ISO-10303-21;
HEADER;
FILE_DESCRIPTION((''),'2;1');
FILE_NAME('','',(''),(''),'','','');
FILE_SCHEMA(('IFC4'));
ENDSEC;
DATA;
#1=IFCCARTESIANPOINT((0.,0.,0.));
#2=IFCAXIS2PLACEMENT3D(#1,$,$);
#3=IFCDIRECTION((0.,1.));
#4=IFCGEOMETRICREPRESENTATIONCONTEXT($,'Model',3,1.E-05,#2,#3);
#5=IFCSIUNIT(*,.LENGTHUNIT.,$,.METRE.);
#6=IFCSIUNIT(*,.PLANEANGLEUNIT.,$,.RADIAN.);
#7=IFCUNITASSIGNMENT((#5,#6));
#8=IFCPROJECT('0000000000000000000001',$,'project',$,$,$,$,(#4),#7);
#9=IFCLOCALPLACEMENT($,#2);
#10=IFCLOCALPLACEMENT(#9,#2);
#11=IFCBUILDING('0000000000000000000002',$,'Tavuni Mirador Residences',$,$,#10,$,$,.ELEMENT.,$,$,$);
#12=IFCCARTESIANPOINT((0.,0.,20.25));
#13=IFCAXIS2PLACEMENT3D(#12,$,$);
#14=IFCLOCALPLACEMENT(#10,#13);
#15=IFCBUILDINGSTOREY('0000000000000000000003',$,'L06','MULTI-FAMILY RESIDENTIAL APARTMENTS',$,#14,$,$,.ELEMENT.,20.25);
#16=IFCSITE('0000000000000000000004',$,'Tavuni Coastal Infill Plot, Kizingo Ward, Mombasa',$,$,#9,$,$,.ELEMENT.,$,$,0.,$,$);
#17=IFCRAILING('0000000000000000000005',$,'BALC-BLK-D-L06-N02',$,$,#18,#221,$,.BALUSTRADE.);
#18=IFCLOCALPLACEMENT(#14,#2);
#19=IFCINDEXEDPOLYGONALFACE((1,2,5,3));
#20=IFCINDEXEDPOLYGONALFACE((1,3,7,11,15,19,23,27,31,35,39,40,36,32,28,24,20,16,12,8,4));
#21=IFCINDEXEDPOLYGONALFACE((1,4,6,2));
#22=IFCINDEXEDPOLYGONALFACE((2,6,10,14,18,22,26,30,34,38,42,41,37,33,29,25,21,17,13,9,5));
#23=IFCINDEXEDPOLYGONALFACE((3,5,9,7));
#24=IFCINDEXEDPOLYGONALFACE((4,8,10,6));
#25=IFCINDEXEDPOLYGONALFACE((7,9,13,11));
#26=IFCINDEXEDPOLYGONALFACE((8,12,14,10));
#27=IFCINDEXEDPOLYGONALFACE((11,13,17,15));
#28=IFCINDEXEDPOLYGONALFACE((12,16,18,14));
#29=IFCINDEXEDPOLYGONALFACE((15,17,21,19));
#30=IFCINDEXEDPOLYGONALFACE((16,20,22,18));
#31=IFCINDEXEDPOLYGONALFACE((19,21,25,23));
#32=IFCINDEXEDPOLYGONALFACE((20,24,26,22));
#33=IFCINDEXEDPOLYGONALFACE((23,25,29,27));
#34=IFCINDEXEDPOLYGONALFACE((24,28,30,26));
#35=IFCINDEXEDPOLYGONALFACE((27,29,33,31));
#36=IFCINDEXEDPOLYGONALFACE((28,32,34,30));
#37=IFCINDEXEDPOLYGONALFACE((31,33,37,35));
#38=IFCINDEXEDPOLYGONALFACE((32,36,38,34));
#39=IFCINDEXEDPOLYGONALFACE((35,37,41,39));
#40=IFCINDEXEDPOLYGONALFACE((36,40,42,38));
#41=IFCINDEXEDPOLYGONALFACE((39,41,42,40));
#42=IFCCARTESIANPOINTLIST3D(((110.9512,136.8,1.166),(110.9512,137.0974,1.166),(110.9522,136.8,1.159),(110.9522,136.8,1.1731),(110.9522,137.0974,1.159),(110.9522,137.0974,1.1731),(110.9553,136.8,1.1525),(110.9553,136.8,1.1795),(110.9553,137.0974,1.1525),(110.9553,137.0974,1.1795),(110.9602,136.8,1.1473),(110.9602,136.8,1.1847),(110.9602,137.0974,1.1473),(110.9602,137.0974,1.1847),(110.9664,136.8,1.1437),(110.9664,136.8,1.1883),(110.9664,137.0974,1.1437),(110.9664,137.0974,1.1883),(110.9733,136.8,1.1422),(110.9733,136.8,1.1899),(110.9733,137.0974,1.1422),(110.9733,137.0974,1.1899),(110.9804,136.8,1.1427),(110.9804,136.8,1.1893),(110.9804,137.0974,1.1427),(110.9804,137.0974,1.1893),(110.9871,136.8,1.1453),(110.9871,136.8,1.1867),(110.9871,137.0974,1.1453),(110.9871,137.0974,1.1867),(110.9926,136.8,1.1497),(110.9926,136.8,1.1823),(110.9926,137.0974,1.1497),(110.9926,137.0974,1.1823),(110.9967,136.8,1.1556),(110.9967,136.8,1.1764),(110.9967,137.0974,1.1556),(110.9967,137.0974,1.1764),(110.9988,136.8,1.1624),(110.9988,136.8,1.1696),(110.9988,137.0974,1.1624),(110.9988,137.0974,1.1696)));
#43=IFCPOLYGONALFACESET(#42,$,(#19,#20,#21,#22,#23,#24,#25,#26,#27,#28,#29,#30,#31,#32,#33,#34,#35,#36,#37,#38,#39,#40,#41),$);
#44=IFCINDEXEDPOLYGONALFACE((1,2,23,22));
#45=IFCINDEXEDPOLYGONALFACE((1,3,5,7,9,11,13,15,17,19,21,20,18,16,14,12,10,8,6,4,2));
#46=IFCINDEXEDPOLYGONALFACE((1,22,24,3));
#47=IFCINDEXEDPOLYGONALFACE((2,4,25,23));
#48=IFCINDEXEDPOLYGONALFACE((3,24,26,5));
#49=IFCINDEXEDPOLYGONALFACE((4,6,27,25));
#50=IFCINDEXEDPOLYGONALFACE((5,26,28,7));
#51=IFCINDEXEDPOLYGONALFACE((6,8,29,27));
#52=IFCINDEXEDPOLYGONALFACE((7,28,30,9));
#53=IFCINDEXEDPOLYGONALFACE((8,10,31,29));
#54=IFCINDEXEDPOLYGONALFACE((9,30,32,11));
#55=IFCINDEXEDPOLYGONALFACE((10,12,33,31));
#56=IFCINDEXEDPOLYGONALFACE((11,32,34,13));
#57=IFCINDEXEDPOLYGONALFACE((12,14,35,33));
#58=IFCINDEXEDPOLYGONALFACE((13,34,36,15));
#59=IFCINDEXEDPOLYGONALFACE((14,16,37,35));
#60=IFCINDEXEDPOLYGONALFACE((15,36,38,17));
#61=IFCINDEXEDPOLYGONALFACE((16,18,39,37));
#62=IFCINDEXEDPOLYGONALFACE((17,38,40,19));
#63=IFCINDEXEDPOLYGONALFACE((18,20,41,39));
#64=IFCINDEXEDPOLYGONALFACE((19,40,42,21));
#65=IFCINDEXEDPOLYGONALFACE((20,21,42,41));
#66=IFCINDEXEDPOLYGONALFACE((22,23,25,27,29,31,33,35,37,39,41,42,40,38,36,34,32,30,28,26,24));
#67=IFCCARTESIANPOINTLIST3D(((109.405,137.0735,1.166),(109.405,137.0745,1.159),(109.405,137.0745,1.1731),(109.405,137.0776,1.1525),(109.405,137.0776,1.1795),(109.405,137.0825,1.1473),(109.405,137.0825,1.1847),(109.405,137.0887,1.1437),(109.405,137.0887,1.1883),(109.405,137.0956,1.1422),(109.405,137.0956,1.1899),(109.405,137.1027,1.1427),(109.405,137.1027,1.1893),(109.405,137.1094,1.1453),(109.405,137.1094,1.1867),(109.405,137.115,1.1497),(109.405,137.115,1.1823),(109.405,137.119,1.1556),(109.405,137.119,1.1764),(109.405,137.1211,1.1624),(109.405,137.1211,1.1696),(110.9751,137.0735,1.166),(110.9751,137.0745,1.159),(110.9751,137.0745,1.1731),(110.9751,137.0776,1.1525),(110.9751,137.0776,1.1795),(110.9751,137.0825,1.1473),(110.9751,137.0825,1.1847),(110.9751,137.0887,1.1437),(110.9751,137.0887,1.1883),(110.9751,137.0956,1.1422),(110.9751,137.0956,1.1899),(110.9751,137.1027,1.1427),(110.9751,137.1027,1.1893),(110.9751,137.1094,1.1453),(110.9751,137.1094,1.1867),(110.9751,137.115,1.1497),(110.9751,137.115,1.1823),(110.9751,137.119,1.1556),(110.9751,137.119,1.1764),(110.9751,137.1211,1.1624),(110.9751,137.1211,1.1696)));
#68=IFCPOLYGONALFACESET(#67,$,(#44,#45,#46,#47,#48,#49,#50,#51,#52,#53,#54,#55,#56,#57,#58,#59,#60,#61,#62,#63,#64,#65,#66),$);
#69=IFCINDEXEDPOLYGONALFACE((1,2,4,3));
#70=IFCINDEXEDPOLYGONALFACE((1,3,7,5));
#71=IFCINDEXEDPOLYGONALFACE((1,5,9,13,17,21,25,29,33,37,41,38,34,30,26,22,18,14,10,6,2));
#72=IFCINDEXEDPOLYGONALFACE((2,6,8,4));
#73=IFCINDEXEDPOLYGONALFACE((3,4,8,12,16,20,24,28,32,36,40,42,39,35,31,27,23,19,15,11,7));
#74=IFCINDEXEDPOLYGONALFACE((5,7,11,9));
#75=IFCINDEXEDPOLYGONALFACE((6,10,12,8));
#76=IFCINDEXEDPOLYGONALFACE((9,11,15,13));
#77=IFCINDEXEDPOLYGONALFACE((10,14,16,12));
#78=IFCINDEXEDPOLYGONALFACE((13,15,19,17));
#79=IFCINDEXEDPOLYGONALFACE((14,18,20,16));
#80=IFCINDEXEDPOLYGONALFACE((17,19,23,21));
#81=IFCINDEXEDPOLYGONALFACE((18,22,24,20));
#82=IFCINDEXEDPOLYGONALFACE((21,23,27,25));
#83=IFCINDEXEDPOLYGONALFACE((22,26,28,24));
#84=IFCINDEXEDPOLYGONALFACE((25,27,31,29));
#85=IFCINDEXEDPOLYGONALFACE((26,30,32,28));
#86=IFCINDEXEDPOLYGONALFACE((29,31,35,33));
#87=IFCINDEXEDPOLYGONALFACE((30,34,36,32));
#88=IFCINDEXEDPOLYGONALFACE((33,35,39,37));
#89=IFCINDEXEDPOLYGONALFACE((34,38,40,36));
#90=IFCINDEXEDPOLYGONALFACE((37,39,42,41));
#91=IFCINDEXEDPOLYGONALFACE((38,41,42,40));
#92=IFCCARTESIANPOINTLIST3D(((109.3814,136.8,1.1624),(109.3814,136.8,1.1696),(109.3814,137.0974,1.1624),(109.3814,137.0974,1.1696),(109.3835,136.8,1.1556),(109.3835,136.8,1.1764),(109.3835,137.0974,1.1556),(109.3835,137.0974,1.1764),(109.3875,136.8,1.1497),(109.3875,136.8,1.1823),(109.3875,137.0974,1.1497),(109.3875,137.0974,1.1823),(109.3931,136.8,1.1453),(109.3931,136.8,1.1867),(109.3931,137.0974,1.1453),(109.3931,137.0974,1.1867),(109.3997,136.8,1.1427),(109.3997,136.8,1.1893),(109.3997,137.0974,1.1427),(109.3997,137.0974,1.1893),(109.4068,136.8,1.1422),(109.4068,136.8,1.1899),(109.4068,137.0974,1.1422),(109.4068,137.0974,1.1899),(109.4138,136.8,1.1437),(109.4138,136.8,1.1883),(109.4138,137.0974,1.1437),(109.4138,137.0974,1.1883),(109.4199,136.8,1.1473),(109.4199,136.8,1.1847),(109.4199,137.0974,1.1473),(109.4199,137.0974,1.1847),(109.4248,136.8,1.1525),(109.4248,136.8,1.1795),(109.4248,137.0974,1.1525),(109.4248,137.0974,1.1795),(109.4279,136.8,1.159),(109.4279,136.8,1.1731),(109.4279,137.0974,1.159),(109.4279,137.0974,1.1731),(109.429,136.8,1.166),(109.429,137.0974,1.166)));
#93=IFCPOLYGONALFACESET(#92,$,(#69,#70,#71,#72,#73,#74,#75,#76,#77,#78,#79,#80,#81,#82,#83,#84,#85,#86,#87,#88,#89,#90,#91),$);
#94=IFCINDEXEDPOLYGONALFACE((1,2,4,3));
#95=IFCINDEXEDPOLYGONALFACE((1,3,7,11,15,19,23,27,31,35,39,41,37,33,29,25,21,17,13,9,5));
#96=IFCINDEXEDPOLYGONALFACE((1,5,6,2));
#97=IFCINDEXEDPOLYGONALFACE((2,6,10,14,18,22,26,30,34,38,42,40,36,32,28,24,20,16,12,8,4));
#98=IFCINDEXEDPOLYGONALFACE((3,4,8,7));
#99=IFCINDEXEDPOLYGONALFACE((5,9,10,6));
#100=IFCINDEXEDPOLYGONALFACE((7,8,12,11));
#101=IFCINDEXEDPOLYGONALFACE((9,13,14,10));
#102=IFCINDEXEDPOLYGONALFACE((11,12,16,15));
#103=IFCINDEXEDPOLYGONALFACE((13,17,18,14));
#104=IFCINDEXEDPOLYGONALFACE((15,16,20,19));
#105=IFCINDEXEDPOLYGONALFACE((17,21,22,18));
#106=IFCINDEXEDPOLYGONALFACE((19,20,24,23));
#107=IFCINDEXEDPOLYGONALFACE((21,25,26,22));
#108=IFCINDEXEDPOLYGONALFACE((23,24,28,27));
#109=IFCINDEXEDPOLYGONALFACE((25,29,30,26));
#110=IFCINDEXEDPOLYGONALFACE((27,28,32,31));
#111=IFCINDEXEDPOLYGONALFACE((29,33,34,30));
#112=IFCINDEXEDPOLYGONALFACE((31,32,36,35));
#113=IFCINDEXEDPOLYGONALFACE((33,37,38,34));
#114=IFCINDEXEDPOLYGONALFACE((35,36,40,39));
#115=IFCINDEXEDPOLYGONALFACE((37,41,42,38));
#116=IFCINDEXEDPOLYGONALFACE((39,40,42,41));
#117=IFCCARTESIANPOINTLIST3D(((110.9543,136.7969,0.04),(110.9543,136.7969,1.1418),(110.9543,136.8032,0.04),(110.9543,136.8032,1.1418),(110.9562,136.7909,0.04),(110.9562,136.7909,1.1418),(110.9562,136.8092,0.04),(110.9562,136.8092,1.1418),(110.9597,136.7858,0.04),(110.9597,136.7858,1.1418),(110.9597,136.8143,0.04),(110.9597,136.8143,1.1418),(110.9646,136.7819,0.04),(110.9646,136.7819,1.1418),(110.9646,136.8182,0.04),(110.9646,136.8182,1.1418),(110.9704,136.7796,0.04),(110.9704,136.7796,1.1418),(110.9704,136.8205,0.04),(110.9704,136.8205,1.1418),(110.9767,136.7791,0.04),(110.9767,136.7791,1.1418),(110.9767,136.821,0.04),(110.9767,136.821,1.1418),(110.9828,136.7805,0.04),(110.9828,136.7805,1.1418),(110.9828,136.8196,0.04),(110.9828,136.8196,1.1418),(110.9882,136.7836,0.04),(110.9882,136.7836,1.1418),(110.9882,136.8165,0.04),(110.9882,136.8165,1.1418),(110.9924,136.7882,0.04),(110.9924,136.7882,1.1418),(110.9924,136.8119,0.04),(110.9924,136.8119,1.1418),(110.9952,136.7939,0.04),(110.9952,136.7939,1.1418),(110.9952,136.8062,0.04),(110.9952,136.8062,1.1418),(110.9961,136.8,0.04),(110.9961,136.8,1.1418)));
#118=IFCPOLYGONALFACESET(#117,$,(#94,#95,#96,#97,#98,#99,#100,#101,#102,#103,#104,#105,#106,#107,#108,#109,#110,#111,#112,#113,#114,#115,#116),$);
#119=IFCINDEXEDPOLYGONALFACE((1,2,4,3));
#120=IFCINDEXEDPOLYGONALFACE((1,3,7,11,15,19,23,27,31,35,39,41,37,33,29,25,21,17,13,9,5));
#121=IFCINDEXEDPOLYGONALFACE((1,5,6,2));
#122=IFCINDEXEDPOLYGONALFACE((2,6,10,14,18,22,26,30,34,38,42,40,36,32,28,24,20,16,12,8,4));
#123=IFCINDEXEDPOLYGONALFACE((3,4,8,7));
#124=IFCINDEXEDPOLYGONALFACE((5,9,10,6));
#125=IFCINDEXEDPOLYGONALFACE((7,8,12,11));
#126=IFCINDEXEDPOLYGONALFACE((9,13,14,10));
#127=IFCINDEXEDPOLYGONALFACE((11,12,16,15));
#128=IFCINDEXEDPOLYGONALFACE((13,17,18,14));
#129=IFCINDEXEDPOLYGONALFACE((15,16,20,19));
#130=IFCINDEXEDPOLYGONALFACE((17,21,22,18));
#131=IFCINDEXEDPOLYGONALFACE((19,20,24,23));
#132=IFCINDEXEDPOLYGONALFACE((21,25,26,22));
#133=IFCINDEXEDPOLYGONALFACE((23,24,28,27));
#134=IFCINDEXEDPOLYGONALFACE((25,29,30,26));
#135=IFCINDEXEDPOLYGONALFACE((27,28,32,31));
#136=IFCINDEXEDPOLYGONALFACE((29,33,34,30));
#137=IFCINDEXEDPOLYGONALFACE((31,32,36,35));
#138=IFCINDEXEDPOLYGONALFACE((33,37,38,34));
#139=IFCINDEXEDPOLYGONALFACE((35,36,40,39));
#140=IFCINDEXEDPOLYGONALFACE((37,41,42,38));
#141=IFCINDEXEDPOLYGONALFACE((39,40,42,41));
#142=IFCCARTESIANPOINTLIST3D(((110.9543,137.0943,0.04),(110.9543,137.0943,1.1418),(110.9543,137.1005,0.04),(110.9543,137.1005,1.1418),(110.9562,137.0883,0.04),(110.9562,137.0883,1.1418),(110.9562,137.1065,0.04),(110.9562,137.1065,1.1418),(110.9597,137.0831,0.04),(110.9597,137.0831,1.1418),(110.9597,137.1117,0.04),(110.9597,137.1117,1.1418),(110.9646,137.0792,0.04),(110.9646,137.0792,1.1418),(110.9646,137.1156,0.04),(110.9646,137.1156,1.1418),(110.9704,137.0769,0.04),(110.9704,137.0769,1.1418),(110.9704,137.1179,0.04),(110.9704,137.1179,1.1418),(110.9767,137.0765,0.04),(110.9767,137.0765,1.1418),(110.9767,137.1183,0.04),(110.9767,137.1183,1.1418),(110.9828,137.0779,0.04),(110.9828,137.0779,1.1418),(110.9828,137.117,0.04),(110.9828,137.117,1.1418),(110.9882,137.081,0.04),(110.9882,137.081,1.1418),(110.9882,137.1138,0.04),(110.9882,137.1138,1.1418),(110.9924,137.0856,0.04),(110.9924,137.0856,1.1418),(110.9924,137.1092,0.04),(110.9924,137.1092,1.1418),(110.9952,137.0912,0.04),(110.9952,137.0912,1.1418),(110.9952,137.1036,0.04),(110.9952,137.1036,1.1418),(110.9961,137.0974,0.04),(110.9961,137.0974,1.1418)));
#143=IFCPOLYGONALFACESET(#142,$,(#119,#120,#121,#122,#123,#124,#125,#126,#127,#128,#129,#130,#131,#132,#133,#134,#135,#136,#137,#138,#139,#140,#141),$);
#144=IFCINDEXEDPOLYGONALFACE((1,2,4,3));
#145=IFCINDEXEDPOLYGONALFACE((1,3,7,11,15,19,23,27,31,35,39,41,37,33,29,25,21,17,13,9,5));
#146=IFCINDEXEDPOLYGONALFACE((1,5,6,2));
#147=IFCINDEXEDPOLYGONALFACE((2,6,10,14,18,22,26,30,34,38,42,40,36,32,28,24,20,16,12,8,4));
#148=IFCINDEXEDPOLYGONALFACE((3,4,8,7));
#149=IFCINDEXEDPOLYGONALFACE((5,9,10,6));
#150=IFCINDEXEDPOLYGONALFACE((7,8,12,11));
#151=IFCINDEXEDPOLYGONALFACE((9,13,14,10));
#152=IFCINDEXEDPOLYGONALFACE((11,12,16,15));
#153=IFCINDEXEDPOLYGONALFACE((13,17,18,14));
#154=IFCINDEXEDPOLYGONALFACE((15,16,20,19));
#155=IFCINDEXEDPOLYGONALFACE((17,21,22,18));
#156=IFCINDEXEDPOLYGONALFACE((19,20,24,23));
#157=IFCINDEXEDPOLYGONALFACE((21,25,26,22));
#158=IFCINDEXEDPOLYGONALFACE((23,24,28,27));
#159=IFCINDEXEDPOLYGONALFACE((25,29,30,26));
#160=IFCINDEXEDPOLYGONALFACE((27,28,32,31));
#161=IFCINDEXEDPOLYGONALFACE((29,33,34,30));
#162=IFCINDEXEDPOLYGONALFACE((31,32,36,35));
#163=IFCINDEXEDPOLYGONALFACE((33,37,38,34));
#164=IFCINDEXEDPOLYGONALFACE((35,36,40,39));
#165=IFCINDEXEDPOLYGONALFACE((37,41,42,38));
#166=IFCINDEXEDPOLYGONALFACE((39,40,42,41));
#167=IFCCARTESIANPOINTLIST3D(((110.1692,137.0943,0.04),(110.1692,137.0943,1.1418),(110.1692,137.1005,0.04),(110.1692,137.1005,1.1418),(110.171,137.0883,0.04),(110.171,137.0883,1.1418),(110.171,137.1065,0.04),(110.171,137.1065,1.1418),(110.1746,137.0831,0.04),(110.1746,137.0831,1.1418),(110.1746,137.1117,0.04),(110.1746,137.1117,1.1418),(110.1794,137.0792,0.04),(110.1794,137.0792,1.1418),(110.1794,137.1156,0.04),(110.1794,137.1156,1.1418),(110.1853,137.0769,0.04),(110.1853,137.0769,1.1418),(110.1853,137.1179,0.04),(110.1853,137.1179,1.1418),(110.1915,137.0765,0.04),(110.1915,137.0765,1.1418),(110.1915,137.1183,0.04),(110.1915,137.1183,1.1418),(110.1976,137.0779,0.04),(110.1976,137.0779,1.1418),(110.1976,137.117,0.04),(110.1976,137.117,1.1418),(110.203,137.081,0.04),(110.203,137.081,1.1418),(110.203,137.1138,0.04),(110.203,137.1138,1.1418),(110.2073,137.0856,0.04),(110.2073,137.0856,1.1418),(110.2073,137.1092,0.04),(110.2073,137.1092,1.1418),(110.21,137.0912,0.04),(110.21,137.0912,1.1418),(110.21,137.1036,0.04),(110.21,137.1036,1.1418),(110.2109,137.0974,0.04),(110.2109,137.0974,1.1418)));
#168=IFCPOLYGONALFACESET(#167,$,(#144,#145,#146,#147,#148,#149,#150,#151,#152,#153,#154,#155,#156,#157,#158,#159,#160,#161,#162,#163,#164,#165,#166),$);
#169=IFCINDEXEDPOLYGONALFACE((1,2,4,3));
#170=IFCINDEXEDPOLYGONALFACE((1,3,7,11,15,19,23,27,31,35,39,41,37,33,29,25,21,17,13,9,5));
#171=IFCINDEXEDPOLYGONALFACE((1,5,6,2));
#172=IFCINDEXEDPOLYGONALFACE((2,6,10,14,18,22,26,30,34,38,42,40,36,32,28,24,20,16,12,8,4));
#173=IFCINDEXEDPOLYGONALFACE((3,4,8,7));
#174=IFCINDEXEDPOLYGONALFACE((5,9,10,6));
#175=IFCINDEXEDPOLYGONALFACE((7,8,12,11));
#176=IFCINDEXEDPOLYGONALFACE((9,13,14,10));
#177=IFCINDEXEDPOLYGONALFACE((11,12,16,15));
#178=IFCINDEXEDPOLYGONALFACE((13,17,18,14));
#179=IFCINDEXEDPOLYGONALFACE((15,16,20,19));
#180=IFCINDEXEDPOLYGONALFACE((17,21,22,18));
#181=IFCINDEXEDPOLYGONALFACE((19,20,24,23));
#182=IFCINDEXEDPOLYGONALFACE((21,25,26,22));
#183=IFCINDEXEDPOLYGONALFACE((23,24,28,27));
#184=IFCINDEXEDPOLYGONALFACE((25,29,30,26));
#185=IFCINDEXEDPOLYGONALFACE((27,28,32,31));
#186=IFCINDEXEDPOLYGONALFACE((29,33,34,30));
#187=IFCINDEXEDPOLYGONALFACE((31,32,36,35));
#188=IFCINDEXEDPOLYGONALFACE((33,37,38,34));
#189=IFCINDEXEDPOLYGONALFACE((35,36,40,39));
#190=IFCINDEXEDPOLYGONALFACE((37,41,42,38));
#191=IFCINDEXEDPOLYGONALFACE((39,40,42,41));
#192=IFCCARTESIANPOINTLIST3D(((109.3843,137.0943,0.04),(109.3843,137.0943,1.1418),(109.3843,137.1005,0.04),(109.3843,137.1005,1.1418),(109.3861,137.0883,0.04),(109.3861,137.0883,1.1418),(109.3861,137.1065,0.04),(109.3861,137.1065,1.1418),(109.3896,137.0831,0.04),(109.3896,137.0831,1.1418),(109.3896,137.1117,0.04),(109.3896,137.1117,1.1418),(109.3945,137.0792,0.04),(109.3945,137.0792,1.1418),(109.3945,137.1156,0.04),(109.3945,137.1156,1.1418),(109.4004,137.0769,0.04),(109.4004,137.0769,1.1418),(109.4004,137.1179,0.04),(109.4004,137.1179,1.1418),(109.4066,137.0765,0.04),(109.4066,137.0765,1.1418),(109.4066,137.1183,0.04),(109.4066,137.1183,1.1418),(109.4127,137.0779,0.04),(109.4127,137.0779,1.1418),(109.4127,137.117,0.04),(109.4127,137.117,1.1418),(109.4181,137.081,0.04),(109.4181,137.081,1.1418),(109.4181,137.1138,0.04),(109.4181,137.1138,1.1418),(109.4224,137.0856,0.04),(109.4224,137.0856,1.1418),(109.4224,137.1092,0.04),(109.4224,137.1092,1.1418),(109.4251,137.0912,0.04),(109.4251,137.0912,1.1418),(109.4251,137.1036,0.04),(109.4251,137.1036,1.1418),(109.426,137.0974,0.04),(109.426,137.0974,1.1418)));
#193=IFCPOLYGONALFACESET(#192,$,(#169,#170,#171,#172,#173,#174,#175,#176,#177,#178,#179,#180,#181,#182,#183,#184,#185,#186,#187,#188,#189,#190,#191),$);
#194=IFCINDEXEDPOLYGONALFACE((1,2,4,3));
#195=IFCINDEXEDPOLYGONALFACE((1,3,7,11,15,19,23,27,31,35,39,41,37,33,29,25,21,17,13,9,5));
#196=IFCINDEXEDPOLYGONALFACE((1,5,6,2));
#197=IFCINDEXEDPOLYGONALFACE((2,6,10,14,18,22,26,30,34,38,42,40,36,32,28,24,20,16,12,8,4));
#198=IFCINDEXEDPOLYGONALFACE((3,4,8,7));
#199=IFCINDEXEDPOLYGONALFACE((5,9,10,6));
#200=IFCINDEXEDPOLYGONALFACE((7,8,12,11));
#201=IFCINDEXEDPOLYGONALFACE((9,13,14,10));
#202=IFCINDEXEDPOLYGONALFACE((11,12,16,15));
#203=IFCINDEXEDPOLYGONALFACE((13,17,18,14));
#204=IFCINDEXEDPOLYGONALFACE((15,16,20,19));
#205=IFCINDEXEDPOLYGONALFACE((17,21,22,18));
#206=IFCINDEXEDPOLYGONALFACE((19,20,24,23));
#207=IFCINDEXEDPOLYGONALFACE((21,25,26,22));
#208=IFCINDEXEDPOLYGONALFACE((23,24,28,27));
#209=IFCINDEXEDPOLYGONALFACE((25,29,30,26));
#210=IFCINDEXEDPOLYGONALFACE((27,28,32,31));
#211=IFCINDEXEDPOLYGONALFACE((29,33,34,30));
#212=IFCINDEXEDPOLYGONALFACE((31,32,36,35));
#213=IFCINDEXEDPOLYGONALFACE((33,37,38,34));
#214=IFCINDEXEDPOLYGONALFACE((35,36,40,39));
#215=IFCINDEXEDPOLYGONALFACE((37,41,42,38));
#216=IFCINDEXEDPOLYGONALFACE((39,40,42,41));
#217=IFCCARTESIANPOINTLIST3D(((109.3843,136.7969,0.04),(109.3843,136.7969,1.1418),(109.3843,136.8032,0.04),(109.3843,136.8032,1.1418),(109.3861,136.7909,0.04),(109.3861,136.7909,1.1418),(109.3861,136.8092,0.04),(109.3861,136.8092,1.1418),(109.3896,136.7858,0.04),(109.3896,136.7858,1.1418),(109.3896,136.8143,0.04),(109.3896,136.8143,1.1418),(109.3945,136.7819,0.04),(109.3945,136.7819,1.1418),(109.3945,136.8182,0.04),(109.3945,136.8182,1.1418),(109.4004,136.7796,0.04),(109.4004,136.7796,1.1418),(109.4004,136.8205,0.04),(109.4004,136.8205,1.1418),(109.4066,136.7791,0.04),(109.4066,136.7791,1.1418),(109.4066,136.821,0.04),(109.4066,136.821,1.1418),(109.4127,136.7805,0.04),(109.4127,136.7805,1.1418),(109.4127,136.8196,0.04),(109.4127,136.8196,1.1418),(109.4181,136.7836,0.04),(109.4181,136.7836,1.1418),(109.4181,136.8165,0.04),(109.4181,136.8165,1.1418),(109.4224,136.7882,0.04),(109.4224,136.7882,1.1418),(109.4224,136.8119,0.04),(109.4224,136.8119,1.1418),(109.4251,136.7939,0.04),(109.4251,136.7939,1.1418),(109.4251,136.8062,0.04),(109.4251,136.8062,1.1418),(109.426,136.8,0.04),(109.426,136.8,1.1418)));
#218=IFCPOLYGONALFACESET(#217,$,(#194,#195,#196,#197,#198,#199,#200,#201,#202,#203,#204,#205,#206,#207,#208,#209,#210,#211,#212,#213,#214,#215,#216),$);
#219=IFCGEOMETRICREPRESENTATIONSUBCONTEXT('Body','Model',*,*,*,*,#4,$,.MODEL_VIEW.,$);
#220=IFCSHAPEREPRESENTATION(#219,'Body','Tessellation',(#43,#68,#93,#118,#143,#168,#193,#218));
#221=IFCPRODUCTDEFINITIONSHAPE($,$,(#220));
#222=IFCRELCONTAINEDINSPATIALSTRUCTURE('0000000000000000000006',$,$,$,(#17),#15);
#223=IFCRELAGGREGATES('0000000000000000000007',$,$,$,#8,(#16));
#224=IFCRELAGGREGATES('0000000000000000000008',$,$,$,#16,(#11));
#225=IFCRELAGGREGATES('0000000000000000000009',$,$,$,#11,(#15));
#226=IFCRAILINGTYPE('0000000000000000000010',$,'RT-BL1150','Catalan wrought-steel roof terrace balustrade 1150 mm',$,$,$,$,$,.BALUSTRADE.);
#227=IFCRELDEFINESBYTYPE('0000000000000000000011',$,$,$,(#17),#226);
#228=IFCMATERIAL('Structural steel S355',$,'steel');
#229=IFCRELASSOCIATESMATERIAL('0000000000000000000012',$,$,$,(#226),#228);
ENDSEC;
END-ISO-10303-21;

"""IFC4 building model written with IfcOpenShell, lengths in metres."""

from ifc_helpers import new_model, si_unit, direction, frame, origin, origin_2d, place, context, subcontext, project, spatial, circle, extrude, material, type_object, element, save


model = new_model("IFC4")

# Units and contexts
model_context = context("Model", 3, precision=1e-05, world=origin(), true_north=direction((0.0, 1.0)))
body_context = subcontext(model_context, "Body", "Model", "MODEL_VIEW")
ifc_project = project(units=[si_unit("LENGTHUNIT", "METRE"), si_unit("PLANEANGLEUNIT", "RADIAN")], contexts=[model_context])

# Site, building, storey
site_placement = place(None, origin())
site = spatial("IfcSite", under=ifc_project, at=site_placement, Name="Tavuni Coastal Infill Plot, Kizingo Ward, Mombasa", CompositionType="ELEMENT", RefElevation=0.0)
building_placement = place(site_placement, origin())
building = spatial("IfcBuilding", under=site, at=building_placement, Name="Tavuni Mirador Residences", CompositionType="ELEMENT")
storey_placement = place(building_placement, frame((0.0, 0.0, 20.25)))
storey = spatial("IfcBuildingStorey", under=building, at=storey_placement, Name="L06", Description="MULTI-FAMILY RESIDENTIAL APARTMENTS", CompositionType="ELEMENT", Elevation=20.25)

# Railing
ifc_material_1 = material(Name="Structural steel S355", Category="steel")
railing_type = type_object("IfcRailingType", Name="RT-BL1150", Description="Catalan wrought-steel roof terrace balustrade 1150 mm", PredefinedType="BALUSTRADE", material=ifc_material_1)
railing_placement = place(storey_placement, frame((110.9751, 136.8, 0.04)))
element("IfcRailing", 1, at=railing_placement, inside=storey, type_object=railing_type, Name="BALC-BLK-D-L06-N02", PredefinedType="BALUSTRADE", context=body_context, shape_type="SweptSolid", body=[
    extrude(circle(Radius=0.0239, at=origin_2d()), frame((0.0, 0.0, 1.126), z_axis=(0.0, 1.0, 0.0), x_axis=(-1.0, 0.0, 0.0)), (0.0, 0.0, 1.0), 0.2974),
    extrude(circle(Radius=0.0239, at=origin_2d()), frame((0.0, 0.2974, 1.126), z_axis=(-1.0, 0.0, 0.0), x_axis=(0.0, -1.0, 0.0)), (0.0, 0.0, 1.0), 1.5701),
    extrude(circle(Radius=0.0239, at=origin_2d()), frame((-1.5701, 0.2974, 1.126), z_axis=(0.0, -1.0, 0.0), x_axis=(1.0, 0.0, 0.0)), (0.0, 0.0, 1.0), 0.2974),
    extrude(circle(Radius=0.021, at=origin_2d()), origin(), (0.0, 0.0, 1.0), 1.1018),
    extrude(circle(Radius=0.021, at=origin_2d()), frame((0.0, 0.2974, 0.0)), (0.0, 0.0, 1.0), 1.1018),
    extrude(circle(Radius=0.021, at=origin_2d()), frame((-0.7852, 0.2974, 0.0)), (0.0, 0.0, 1.0), 1.1018),
    extrude(circle(Radius=0.021, at=origin_2d()), frame((-1.5701, 0.2974, 0.0)), (0.0, 0.0, 1.0), 1.1018),
    extrude(circle(Radius=0.021, at=origin_2d()), frame((-1.5701, 0.0, 0.0)), (0.0, 0.0, 1.0), 1.1018),
])

save(model, "model.ifc")
